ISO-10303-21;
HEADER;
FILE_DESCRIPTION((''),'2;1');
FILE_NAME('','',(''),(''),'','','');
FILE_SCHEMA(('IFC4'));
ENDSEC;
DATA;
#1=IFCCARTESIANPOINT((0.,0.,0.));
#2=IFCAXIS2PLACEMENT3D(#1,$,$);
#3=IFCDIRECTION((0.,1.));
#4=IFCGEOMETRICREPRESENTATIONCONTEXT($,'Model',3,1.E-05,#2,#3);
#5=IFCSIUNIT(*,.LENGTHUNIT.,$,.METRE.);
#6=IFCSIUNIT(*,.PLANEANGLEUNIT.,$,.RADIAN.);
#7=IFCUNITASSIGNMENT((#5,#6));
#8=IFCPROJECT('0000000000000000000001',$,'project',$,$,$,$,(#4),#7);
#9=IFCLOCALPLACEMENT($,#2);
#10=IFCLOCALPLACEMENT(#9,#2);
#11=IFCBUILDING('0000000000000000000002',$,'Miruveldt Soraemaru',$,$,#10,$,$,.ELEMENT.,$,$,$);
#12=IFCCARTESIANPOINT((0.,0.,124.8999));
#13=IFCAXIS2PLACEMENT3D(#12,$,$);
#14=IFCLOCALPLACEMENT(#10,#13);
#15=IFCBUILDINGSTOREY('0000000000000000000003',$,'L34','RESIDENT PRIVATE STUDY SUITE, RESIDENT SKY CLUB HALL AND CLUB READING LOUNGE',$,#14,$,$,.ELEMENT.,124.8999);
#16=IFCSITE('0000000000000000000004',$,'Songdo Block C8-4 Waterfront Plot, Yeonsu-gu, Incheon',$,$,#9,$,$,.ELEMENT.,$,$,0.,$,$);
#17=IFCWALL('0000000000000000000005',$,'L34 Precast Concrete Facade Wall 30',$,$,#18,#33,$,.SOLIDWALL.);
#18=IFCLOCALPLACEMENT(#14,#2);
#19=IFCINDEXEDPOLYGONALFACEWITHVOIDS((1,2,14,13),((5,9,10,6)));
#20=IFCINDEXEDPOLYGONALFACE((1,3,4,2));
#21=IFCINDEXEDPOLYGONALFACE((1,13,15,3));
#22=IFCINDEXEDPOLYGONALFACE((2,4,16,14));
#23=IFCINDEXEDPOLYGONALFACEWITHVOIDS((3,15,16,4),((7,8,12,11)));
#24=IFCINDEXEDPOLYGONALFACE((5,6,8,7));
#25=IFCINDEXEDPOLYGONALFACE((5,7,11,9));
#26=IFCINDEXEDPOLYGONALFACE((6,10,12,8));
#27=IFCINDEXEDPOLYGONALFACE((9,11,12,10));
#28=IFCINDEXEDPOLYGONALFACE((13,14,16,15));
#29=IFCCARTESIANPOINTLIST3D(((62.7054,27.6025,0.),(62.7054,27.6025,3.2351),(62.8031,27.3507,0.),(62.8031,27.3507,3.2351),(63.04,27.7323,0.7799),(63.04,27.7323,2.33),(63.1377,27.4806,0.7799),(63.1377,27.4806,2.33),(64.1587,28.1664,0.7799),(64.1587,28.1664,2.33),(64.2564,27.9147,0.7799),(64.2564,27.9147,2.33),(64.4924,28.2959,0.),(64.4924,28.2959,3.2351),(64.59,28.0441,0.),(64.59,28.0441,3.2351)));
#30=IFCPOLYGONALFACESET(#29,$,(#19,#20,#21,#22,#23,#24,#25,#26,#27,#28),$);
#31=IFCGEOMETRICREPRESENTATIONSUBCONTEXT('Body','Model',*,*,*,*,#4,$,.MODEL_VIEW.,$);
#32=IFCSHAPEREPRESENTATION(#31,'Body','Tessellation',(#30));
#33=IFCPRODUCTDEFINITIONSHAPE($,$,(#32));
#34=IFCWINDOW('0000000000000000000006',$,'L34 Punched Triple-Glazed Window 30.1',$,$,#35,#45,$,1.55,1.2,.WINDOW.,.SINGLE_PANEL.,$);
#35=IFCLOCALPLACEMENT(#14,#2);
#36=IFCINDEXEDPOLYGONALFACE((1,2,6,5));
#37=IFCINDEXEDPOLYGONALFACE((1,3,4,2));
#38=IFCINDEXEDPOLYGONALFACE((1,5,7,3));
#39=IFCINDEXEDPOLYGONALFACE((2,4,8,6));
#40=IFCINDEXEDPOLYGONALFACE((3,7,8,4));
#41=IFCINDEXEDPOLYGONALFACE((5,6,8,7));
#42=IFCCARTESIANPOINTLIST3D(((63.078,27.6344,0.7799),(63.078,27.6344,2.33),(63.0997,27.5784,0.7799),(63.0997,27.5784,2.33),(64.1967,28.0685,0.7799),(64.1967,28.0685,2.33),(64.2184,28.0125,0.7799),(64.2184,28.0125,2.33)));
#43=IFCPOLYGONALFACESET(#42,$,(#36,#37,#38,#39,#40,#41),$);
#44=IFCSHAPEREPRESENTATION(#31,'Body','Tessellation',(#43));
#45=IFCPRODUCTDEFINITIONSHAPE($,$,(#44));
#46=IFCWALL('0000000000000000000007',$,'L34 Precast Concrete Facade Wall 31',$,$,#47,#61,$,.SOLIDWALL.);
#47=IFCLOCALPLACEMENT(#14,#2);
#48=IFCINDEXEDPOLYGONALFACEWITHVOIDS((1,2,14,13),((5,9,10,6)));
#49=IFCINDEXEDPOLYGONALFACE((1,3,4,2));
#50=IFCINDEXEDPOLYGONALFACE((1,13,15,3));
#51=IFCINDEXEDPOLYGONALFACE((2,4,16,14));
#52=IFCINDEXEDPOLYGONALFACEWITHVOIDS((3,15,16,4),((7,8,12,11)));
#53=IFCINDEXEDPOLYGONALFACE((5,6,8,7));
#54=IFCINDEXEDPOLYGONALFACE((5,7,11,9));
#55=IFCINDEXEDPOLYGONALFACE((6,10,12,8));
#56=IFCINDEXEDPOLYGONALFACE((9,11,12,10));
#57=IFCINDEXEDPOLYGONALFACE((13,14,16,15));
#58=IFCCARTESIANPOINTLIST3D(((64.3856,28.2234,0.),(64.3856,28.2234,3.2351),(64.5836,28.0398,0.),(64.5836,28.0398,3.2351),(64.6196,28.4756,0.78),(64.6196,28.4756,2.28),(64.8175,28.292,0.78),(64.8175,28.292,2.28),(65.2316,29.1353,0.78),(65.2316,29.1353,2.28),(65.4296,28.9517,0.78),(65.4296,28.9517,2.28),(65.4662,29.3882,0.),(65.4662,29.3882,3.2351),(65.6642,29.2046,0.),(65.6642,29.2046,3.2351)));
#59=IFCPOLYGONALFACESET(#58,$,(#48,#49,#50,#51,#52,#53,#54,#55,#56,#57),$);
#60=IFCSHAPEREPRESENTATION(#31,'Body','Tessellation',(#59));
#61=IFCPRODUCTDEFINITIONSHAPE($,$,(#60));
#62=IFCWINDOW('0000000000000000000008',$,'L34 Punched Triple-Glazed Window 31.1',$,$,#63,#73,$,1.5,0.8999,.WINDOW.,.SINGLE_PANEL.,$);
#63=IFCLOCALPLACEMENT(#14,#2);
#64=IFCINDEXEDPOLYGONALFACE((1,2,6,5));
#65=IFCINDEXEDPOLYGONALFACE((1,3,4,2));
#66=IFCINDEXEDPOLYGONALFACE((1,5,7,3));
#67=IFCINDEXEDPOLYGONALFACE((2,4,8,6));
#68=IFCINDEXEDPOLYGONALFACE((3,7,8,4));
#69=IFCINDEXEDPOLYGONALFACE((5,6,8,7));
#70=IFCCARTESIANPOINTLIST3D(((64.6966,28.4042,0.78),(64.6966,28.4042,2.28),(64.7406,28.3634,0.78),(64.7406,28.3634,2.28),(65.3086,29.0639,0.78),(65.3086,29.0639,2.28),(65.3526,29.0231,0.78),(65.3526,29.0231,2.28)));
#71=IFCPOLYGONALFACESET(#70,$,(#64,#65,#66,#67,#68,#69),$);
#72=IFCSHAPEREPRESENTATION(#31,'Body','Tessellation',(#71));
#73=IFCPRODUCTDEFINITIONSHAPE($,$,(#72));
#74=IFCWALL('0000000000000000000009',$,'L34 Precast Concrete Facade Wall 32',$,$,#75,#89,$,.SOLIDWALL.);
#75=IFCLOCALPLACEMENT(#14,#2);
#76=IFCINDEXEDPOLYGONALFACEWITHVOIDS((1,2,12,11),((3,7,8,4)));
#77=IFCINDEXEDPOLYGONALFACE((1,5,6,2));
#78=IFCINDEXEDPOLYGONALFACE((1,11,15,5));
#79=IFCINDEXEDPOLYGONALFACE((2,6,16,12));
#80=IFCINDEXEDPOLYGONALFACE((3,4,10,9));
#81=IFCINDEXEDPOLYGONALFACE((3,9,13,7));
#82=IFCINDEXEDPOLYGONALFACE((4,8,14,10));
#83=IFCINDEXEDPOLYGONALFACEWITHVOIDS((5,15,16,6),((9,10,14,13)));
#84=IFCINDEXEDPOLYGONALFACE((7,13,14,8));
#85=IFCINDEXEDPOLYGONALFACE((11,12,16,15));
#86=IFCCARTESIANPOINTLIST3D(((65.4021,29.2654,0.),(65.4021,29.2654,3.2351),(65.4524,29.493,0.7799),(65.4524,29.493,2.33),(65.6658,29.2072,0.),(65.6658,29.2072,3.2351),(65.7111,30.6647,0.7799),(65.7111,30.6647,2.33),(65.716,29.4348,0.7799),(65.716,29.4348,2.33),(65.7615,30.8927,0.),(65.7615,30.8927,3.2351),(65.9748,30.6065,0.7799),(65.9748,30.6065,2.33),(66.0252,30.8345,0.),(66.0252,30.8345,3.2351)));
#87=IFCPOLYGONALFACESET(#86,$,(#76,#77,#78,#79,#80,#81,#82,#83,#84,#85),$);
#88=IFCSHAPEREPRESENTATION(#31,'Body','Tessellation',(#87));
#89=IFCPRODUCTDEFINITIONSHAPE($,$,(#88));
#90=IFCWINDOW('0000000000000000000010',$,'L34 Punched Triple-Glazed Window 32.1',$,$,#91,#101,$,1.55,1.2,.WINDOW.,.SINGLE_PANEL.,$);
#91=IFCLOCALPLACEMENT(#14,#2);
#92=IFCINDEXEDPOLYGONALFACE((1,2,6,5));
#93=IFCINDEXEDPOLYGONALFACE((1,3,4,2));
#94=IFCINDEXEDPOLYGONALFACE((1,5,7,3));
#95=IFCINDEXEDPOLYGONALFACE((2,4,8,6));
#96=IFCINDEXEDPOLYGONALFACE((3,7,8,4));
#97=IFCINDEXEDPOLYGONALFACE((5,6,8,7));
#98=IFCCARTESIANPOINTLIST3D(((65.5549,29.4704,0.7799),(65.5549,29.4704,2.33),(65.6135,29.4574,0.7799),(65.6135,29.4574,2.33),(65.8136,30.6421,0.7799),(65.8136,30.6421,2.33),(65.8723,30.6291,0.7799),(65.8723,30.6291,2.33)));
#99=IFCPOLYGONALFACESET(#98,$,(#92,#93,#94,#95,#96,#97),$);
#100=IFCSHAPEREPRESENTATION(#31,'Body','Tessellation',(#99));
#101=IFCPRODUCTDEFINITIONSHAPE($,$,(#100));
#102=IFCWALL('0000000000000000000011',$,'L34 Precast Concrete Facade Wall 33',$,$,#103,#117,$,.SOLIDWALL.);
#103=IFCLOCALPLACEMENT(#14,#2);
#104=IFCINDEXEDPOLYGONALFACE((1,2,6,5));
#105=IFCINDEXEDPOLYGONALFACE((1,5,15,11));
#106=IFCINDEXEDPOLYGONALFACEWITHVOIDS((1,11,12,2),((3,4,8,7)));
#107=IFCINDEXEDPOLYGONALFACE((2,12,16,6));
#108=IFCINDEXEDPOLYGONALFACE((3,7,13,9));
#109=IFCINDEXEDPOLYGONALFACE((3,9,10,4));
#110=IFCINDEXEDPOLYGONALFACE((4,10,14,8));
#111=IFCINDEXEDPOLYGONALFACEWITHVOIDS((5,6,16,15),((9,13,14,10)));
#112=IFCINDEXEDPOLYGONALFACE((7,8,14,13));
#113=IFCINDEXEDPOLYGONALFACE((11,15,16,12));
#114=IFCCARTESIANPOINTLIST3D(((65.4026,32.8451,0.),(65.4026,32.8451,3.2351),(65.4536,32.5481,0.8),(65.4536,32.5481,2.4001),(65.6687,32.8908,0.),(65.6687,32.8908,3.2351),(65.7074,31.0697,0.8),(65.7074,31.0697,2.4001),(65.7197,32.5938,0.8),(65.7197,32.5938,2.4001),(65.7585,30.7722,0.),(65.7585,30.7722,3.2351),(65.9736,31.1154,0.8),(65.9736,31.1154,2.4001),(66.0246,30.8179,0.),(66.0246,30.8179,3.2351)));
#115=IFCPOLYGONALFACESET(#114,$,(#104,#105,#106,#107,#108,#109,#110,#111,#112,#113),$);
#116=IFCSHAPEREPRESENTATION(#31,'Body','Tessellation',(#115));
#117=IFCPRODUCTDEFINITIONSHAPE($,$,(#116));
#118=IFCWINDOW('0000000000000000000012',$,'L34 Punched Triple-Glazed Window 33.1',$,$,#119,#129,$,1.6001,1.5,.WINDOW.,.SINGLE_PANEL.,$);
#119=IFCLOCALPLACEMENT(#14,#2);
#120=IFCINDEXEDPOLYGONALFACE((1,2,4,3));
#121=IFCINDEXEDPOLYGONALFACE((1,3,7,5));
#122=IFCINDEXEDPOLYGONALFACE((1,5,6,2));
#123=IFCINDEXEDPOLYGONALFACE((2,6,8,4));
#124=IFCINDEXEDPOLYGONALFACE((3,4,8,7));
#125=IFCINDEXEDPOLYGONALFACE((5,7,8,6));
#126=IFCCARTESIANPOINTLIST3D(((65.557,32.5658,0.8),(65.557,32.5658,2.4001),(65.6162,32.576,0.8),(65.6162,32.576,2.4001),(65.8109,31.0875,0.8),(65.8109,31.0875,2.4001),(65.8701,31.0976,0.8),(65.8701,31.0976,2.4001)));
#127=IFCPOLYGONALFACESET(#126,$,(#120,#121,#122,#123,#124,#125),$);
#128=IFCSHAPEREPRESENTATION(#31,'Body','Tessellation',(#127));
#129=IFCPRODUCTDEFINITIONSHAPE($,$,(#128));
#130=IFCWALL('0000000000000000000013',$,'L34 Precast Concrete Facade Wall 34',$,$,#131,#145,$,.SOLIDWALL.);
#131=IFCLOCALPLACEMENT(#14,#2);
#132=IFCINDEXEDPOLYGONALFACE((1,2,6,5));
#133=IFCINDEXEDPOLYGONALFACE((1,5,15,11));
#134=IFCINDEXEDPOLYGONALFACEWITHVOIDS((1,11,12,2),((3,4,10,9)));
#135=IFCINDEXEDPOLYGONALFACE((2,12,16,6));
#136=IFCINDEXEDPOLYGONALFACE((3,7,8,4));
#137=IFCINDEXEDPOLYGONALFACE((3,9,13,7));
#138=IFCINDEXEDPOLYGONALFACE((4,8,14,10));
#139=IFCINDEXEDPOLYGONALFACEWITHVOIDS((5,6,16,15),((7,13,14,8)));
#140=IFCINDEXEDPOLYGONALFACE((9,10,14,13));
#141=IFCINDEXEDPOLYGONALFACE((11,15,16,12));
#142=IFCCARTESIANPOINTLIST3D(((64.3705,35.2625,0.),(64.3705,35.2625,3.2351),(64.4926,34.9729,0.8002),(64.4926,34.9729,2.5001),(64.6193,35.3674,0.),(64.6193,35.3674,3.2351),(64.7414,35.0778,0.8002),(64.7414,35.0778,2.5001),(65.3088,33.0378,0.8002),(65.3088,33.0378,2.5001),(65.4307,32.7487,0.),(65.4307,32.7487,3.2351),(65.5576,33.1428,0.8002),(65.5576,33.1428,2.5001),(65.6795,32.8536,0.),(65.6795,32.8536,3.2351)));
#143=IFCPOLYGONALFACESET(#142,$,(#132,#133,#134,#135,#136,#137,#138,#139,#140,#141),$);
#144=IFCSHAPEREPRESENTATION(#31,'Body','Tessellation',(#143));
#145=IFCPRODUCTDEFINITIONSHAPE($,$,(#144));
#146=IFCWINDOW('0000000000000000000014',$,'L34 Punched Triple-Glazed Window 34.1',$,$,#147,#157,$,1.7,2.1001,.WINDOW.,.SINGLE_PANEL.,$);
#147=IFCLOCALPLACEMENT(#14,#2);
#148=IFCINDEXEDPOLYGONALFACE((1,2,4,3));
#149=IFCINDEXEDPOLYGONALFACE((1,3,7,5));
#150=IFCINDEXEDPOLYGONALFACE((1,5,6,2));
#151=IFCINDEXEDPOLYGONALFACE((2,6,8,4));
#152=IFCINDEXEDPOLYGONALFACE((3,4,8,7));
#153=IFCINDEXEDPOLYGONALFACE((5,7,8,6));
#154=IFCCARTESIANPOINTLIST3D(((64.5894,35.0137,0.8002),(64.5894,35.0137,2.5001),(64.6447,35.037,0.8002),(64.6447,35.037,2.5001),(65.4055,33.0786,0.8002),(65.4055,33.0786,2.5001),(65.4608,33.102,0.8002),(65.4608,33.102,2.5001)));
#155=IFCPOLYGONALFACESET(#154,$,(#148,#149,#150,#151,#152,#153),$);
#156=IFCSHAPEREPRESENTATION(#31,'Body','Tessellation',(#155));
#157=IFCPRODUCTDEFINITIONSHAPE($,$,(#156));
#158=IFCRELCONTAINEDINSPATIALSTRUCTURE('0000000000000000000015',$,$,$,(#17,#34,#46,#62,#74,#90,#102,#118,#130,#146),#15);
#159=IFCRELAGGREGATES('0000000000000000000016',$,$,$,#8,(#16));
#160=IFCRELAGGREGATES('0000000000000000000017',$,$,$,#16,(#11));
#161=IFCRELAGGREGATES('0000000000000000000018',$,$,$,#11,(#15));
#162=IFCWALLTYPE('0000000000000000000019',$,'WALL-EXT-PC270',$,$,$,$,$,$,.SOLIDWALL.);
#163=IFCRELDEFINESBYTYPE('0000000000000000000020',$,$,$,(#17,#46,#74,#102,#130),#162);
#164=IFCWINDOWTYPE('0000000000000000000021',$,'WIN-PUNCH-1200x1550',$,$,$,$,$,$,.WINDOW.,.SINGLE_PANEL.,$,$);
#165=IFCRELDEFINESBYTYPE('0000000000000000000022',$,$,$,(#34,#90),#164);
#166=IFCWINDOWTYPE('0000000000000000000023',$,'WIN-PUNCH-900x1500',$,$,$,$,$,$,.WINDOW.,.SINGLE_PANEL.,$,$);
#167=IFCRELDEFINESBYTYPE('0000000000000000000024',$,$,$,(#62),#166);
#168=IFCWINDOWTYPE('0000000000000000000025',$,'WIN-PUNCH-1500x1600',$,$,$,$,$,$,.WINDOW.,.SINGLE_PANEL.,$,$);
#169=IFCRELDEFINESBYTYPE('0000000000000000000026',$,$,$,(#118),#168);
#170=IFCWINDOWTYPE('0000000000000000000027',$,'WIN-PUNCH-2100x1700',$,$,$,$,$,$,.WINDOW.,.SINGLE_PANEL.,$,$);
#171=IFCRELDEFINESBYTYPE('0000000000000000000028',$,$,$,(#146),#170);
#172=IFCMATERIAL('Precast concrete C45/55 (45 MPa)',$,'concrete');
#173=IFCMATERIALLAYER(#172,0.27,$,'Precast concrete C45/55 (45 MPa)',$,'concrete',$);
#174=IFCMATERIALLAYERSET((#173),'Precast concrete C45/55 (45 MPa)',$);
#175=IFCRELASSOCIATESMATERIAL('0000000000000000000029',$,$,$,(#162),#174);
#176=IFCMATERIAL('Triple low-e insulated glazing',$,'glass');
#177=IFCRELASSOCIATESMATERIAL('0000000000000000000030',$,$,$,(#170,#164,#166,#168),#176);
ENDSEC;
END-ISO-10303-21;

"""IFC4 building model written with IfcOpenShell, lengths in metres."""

from ifc_helpers import new_model, si_unit, direction, frame, frame_2d, origin, place, context, subcontext, project, spatial, rectangle, extrude, material, layer, layer_set, type_object, element, fill, save


model = new_model("IFC4")

# Units and contexts
model_context = context("Model", 3, precision=1e-05, world=origin(), true_north=direction((0.0, 1.0)))
body_context = subcontext(model_context, "Body", "Model", "MODEL_VIEW")
ifc_project = project(units=[si_unit("LENGTHUNIT", "METRE"), si_unit("PLANEANGLEUNIT", "RADIAN")], contexts=[model_context])

# Site, building, storey
site_placement = place(None, origin())
site = spatial("IfcSite", under=ifc_project, at=site_placement, Name="Songdo Block C8-4 Waterfront Plot, Yeonsu-gu, Incheon", CompositionType="ELEMENT", RefElevation=0.0)
building_placement = place(site_placement, origin())
building = spatial("IfcBuilding", under=site, at=building_placement, Name="Miruveldt Soraemaru", CompositionType="ELEMENT")
storey_placement = place(building_placement, frame((0.0, 0.0, 124.8999)))
storey = spatial("IfcBuildingStorey", under=building, at=storey_placement, Name="L34", Description="RESIDENT PRIVATE STUDY SUITE, RESIDENT SKY CLUB HALL AND CLUB READING LOUNGE", CompositionType="ELEMENT", Elevation=124.8999)

# Walls, openings, windows
ifc_material_1 = material(Name="Precast concrete C45/55 (45 MPa)", Category="concrete")
ifc_layer_1 = layer(ifc_material_1, 0.27, Name="Precast concrete C45/55 (45 MPa)", Category="concrete")
ifc_layer_set_1 = layer_set([ifc_layer_1], Name="Precast concrete C45/55 (45 MPa)")
wall_type_1 = type_object("IfcWallType", Name="WALL-EXT-PC270", PredefinedType="SOLIDWALL", material=ifc_layer_set_1)
ifc_material_2 = material(Name="Triple low-e insulated glazing", Category="glass")
window_type_1 = type_object("IfcWindowType", Name="WIN-PUNCH-2100x1700", PartitioningType="SINGLE_PANEL", PredefinedType="WINDOW", material=ifc_material_2)
wall_1_placement = place(storey_placement, frame((62.7542, 27.4766, 0.0), z_axis=(0.0, 0.0, 1.0), x_axis=(0.932275, 0.361752, 0.0)))
wall_1 = element("IfcWall", 1, at=wall_1_placement, inside=storey, type_object=wall_type_1, Name="L34 Precast Concrete Facade Wall 30", PredefinedType="SOLIDWALL", context=body_context, shape_type="SweptSolid", body=[
    extrude(rectangle(XDim=1.9167, YDim=0.27, at=frame_2d((0.9585, 0.0))), origin(), (0.0, 0.0, 1.0), 3.2351),
])
opening_1_placement = place(wall_1_placement, frame((0.3589, 0.0, 0.78)))
opening_1 = element("IfcOpeningElement", 2, at=opening_1_placement, cuts=wall_1, PredefinedType="OPENING", context=body_context, shape_type="SweptSolid", body=[
    extrude(rectangle(XDim=1.2, YDim=1.55, at=frame_2d((0.6001, 0.7749))), frame((0.0, 0.145, 0.0), z_axis=(0.0, -1.0, 0.0), x_axis=(1.0, 0.0, 0.0)), (0.0, 0.0, 1.0), 0.29),
])
window_type_2 = type_object("IfcWindowType", Name="WIN-PUNCH-1200x1550", PartitioningType="SINGLE_PANEL", PredefinedType="WINDOW", material=ifc_material_2)
window_1_placement = place(opening_1_placement, origin())
window_1 = element("IfcWindow", 3, at=window_1_placement, inside=storey, type_object=window_type_2, Name="L34 Punched Triple-Glazed Window 30.1", OverallHeight=1.55, OverallWidth=1.2, PartitioningType="SINGLE_PANEL", PredefinedType="WINDOW", context=body_context, shape_type="SweptSolid", body=[
    extrude(rectangle(XDim=1.2, YDim=1.55, at=frame_2d((0.6001, 0.7749))), frame((0.0, 0.03, 0.0), z_axis=(0.0, -1.0, 0.0), x_axis=(1.0, 0.0, 0.0)), (0.0, 0.0, 1.0), 0.0601),
])
fill(opening_1, window_1)
wall_2_placement = place(storey_placement, frame((64.4846, 28.1316, 0.0), z_axis=(0.0, 0.0, 1.0), x_axis=(0.680103, 0.733116, 0.0)))
wall_2 = element("IfcWall", 4, at=wall_2_placement, inside=storey, type_object=wall_type_1, Name="L34 Precast Concrete Facade Wall 31", PredefinedType="SOLIDWALL", context=body_context, shape_type="SweptSolid", body=[
    extrude(rectangle(XDim=1.5889, YDim=0.27, at=frame_2d((0.7944, 0.0))), origin(), (0.0, 0.0, 1.0), 3.2351),
])
opening_2_placement = place(wall_2_placement, frame((0.344, 0.0, 0.78)))
opening_2 = element("IfcOpeningElement", 5, at=opening_2_placement, cuts=wall_2, PredefinedType="OPENING", context=body_context, shape_type="SweptSolid", body=[
    extrude(rectangle(XDim=0.8999, YDim=1.5, at=frame_2d((0.45, 0.75))), frame((0.0, 0.145, 0.0), z_axis=(0.0, -1.0, 0.0), x_axis=(1.0, 0.0, 0.0)), (0.0, 0.0, 1.0), 0.29),
])
window_type_3 = type_object("IfcWindowType", Name="WIN-PUNCH-900x1500", PartitioningType="SINGLE_PANEL", PredefinedType="WINDOW", material=ifc_material_2)
window_2_placement = place(opening_2_placement, origin())
window_2 = element("IfcWindow", 6, at=window_2_placement, inside=storey, type_object=window_type_3, Name="L34 Punched Triple-Glazed Window 31.1", OverallHeight=1.5, OverallWidth=0.8999, PartitioningType="SINGLE_PANEL", PredefinedType="WINDOW", context=body_context, shape_type="SweptSolid", body=[
    extrude(rectangle(XDim=0.8999, YDim=1.5, at=frame_2d((0.45, 0.75))), frame((0.0, 0.03, 0.0), z_axis=(0.0, -1.0, 0.0), x_axis=(1.0, 0.0, 0.0)), (0.0, 0.0, 1.0), 0.0601),
])
fill(opening_2, window_2)
wall_3_placement = place(storey_placement, frame((65.5339, 29.2363, 0.0), z_axis=(0.0, 0.0, 1.0), x_axis=(0.215658, 0.976469, 0.0)))
wall_3 = element("IfcWall", 7, at=wall_3_placement, inside=storey, type_object=wall_type_1, Name="L34 Precast Concrete Facade Wall 32", PredefinedType="SOLIDWALL", context=body_context, shape_type="SweptSolid", body=[
    extrude(rectangle(XDim=1.6665, YDim=0.27, at=frame_2d((0.8333, 0.0))), origin(), (0.0, 0.0, 1.0), 3.2351),
])
opening_3_placement = place(wall_3_placement, frame((0.2329, 0.0, 0.78)))
opening_3 = element("IfcOpeningElement", 8, at=opening_3_placement, cuts=wall_3, PredefinedType="OPENING", context=body_context, shape_type="SweptSolid", body=[
    extrude(rectangle(XDim=1.2, YDim=1.55, at=frame_2d((0.6001, 0.7749))), frame((0.0, 0.145, 0.0), z_axis=(0.0, -1.0, 0.0), x_axis=(1.0, 0.0, 0.0)), (0.0, 0.0, 1.0), 0.29),
])
window_3_placement = place(opening_3_placement, origin())
window_3 = element("IfcWindow", 9, at=window_3_placement, inside=storey, type_object=window_type_2, Name="L34 Punched Triple-Glazed Window 32.1", OverallHeight=1.55, OverallWidth=1.2, PartitioningType="SINGLE_PANEL", PredefinedType="WINDOW", context=body_context, shape_type="SweptSolid", body=[
    extrude(rectangle(XDim=1.2, YDim=1.55, at=frame_2d((0.6001, 0.7749))), frame((0.0, 0.03, 0.0), z_axis=(0.0, -1.0, 0.0), x_axis=(1.0, 0.0, 0.0)), (0.0, 0.0, 1.0), 0.0601),
])
fill(opening_3, window_3)
wall_4_placement = place(storey_placement, frame((65.8916, 30.7949, 0.0), z_axis=(0.0, 0.0, 1.0), x_axis=(-0.169234, 0.985576, 0.0)))
wall_4 = element("IfcWall", 10, at=wall_4_placement, inside=storey, type_object=wall_type_1, Name="L34 Precast Concrete Facade Wall 33", PredefinedType="SOLIDWALL", context=body_context, shape_type="SweptSolid", body=[
    extrude(rectangle(XDim=2.1033, YDim=0.27, at=frame_2d((1.0518, 0.0))), origin(), (0.0, 0.0, 1.0), 3.2351),
])
opening_4_placement = place(wall_4_placement, frame((0.302, 0.0, 0.8)))
opening_4 = element("IfcOpeningElement", 11, at=opening_4_placement, cuts=wall_4, PredefinedType="OPENING", context=body_context, shape_type="SweptSolid", body=[
    extrude(rectangle(XDim=1.5, YDim=1.6001, at=frame_2d((0.75, 0.8))), frame((0.0, 0.145, 0.0), z_axis=(0.0, -1.0, 0.0), x_axis=(1.0, 0.0, 0.0)), (0.0, 0.0, 1.0), 0.29),
])
window_type_4 = type_object("IfcWindowType", Name="WIN-PUNCH-1500x1600", PartitioningType="SINGLE_PANEL", PredefinedType="WINDOW", material=ifc_material_2)
window_4_placement = place(opening_4_placement, origin())
window_4 = element("IfcWindow", 12, at=window_4_placement, inside=storey, type_object=window_type_4, Name="L34 Punched Triple-Glazed Window 33.1", OverallHeight=1.6001, OverallWidth=1.5, PartitioningType="SINGLE_PANEL", PredefinedType="WINDOW", context=body_context, shape_type="SweptSolid", body=[
    extrude(rectangle(XDim=1.5, YDim=1.6001, at=frame_2d((0.75, 0.8))), frame((0.0, 0.03, 0.0), z_axis=(0.0, -1.0, 0.0), x_axis=(1.0, 0.0, 0.0)), (0.0, 0.0, 1.0), 0.0601),
])
fill(opening_4, window_4)
wall_5_placement = place(storey_placement, frame((65.5552, 32.801, 0.0), z_axis=(0.0, 0.0, 1.0), x_axis=(-0.388621, 0.921398, 0.0)))
wall_5 = element("IfcWall", 13, at=wall_5_placement, inside=storey, type_object=wall_type_1, Name="L34 Precast Concrete Facade Wall 34", PredefinedType="SOLIDWALL", context=body_context, shape_type="SweptSolid", body=[
    extrude(rectangle(XDim=2.7283, YDim=0.27, at=frame_2d((1.3643, 0.0))), origin(), (0.0, 0.0, 1.0), 3.2351),
])
opening_5_placement = place(wall_5_placement, frame((0.314, 0.0, 0.8)))
opening_5 = element("IfcOpeningElement", 14, at=opening_5_placement, cuts=wall_5, PredefinedType="OPENING", context=body_context, shape_type="SweptSolid", body=[
    extrude(rectangle(XDim=2.1001, YDim=1.7, at=frame_2d((1.05, 0.8501))), frame((0.0, 0.145, 0.0), z_axis=(0.0, -1.0, 0.0), x_axis=(1.0, 0.0, 0.0)), (0.0, 0.0, 1.0), 0.29),
])
window_5_placement = place(opening_5_placement, origin())
window_5 = element("IfcWindow", 15, at=window_5_placement, inside=storey, type_object=window_type_1, Name="L34 Punched Triple-Glazed Window 34.1", OverallHeight=1.7, OverallWidth=2.1001, PartitioningType="SINGLE_PANEL", PredefinedType="WINDOW", context=body_context, shape_type="SweptSolid", body=[
    extrude(rectangle(XDim=2.1001, YDim=1.7, at=frame_2d((1.05, 0.8501))), frame((0.0, 0.03, 0.0), z_axis=(0.0, -1.0, 0.0), x_axis=(1.0, 0.0, 0.0)), (0.0, 0.0, 1.0), 0.0601),
])
fill(opening_5, window_5)

save(model, "model.ifc")
